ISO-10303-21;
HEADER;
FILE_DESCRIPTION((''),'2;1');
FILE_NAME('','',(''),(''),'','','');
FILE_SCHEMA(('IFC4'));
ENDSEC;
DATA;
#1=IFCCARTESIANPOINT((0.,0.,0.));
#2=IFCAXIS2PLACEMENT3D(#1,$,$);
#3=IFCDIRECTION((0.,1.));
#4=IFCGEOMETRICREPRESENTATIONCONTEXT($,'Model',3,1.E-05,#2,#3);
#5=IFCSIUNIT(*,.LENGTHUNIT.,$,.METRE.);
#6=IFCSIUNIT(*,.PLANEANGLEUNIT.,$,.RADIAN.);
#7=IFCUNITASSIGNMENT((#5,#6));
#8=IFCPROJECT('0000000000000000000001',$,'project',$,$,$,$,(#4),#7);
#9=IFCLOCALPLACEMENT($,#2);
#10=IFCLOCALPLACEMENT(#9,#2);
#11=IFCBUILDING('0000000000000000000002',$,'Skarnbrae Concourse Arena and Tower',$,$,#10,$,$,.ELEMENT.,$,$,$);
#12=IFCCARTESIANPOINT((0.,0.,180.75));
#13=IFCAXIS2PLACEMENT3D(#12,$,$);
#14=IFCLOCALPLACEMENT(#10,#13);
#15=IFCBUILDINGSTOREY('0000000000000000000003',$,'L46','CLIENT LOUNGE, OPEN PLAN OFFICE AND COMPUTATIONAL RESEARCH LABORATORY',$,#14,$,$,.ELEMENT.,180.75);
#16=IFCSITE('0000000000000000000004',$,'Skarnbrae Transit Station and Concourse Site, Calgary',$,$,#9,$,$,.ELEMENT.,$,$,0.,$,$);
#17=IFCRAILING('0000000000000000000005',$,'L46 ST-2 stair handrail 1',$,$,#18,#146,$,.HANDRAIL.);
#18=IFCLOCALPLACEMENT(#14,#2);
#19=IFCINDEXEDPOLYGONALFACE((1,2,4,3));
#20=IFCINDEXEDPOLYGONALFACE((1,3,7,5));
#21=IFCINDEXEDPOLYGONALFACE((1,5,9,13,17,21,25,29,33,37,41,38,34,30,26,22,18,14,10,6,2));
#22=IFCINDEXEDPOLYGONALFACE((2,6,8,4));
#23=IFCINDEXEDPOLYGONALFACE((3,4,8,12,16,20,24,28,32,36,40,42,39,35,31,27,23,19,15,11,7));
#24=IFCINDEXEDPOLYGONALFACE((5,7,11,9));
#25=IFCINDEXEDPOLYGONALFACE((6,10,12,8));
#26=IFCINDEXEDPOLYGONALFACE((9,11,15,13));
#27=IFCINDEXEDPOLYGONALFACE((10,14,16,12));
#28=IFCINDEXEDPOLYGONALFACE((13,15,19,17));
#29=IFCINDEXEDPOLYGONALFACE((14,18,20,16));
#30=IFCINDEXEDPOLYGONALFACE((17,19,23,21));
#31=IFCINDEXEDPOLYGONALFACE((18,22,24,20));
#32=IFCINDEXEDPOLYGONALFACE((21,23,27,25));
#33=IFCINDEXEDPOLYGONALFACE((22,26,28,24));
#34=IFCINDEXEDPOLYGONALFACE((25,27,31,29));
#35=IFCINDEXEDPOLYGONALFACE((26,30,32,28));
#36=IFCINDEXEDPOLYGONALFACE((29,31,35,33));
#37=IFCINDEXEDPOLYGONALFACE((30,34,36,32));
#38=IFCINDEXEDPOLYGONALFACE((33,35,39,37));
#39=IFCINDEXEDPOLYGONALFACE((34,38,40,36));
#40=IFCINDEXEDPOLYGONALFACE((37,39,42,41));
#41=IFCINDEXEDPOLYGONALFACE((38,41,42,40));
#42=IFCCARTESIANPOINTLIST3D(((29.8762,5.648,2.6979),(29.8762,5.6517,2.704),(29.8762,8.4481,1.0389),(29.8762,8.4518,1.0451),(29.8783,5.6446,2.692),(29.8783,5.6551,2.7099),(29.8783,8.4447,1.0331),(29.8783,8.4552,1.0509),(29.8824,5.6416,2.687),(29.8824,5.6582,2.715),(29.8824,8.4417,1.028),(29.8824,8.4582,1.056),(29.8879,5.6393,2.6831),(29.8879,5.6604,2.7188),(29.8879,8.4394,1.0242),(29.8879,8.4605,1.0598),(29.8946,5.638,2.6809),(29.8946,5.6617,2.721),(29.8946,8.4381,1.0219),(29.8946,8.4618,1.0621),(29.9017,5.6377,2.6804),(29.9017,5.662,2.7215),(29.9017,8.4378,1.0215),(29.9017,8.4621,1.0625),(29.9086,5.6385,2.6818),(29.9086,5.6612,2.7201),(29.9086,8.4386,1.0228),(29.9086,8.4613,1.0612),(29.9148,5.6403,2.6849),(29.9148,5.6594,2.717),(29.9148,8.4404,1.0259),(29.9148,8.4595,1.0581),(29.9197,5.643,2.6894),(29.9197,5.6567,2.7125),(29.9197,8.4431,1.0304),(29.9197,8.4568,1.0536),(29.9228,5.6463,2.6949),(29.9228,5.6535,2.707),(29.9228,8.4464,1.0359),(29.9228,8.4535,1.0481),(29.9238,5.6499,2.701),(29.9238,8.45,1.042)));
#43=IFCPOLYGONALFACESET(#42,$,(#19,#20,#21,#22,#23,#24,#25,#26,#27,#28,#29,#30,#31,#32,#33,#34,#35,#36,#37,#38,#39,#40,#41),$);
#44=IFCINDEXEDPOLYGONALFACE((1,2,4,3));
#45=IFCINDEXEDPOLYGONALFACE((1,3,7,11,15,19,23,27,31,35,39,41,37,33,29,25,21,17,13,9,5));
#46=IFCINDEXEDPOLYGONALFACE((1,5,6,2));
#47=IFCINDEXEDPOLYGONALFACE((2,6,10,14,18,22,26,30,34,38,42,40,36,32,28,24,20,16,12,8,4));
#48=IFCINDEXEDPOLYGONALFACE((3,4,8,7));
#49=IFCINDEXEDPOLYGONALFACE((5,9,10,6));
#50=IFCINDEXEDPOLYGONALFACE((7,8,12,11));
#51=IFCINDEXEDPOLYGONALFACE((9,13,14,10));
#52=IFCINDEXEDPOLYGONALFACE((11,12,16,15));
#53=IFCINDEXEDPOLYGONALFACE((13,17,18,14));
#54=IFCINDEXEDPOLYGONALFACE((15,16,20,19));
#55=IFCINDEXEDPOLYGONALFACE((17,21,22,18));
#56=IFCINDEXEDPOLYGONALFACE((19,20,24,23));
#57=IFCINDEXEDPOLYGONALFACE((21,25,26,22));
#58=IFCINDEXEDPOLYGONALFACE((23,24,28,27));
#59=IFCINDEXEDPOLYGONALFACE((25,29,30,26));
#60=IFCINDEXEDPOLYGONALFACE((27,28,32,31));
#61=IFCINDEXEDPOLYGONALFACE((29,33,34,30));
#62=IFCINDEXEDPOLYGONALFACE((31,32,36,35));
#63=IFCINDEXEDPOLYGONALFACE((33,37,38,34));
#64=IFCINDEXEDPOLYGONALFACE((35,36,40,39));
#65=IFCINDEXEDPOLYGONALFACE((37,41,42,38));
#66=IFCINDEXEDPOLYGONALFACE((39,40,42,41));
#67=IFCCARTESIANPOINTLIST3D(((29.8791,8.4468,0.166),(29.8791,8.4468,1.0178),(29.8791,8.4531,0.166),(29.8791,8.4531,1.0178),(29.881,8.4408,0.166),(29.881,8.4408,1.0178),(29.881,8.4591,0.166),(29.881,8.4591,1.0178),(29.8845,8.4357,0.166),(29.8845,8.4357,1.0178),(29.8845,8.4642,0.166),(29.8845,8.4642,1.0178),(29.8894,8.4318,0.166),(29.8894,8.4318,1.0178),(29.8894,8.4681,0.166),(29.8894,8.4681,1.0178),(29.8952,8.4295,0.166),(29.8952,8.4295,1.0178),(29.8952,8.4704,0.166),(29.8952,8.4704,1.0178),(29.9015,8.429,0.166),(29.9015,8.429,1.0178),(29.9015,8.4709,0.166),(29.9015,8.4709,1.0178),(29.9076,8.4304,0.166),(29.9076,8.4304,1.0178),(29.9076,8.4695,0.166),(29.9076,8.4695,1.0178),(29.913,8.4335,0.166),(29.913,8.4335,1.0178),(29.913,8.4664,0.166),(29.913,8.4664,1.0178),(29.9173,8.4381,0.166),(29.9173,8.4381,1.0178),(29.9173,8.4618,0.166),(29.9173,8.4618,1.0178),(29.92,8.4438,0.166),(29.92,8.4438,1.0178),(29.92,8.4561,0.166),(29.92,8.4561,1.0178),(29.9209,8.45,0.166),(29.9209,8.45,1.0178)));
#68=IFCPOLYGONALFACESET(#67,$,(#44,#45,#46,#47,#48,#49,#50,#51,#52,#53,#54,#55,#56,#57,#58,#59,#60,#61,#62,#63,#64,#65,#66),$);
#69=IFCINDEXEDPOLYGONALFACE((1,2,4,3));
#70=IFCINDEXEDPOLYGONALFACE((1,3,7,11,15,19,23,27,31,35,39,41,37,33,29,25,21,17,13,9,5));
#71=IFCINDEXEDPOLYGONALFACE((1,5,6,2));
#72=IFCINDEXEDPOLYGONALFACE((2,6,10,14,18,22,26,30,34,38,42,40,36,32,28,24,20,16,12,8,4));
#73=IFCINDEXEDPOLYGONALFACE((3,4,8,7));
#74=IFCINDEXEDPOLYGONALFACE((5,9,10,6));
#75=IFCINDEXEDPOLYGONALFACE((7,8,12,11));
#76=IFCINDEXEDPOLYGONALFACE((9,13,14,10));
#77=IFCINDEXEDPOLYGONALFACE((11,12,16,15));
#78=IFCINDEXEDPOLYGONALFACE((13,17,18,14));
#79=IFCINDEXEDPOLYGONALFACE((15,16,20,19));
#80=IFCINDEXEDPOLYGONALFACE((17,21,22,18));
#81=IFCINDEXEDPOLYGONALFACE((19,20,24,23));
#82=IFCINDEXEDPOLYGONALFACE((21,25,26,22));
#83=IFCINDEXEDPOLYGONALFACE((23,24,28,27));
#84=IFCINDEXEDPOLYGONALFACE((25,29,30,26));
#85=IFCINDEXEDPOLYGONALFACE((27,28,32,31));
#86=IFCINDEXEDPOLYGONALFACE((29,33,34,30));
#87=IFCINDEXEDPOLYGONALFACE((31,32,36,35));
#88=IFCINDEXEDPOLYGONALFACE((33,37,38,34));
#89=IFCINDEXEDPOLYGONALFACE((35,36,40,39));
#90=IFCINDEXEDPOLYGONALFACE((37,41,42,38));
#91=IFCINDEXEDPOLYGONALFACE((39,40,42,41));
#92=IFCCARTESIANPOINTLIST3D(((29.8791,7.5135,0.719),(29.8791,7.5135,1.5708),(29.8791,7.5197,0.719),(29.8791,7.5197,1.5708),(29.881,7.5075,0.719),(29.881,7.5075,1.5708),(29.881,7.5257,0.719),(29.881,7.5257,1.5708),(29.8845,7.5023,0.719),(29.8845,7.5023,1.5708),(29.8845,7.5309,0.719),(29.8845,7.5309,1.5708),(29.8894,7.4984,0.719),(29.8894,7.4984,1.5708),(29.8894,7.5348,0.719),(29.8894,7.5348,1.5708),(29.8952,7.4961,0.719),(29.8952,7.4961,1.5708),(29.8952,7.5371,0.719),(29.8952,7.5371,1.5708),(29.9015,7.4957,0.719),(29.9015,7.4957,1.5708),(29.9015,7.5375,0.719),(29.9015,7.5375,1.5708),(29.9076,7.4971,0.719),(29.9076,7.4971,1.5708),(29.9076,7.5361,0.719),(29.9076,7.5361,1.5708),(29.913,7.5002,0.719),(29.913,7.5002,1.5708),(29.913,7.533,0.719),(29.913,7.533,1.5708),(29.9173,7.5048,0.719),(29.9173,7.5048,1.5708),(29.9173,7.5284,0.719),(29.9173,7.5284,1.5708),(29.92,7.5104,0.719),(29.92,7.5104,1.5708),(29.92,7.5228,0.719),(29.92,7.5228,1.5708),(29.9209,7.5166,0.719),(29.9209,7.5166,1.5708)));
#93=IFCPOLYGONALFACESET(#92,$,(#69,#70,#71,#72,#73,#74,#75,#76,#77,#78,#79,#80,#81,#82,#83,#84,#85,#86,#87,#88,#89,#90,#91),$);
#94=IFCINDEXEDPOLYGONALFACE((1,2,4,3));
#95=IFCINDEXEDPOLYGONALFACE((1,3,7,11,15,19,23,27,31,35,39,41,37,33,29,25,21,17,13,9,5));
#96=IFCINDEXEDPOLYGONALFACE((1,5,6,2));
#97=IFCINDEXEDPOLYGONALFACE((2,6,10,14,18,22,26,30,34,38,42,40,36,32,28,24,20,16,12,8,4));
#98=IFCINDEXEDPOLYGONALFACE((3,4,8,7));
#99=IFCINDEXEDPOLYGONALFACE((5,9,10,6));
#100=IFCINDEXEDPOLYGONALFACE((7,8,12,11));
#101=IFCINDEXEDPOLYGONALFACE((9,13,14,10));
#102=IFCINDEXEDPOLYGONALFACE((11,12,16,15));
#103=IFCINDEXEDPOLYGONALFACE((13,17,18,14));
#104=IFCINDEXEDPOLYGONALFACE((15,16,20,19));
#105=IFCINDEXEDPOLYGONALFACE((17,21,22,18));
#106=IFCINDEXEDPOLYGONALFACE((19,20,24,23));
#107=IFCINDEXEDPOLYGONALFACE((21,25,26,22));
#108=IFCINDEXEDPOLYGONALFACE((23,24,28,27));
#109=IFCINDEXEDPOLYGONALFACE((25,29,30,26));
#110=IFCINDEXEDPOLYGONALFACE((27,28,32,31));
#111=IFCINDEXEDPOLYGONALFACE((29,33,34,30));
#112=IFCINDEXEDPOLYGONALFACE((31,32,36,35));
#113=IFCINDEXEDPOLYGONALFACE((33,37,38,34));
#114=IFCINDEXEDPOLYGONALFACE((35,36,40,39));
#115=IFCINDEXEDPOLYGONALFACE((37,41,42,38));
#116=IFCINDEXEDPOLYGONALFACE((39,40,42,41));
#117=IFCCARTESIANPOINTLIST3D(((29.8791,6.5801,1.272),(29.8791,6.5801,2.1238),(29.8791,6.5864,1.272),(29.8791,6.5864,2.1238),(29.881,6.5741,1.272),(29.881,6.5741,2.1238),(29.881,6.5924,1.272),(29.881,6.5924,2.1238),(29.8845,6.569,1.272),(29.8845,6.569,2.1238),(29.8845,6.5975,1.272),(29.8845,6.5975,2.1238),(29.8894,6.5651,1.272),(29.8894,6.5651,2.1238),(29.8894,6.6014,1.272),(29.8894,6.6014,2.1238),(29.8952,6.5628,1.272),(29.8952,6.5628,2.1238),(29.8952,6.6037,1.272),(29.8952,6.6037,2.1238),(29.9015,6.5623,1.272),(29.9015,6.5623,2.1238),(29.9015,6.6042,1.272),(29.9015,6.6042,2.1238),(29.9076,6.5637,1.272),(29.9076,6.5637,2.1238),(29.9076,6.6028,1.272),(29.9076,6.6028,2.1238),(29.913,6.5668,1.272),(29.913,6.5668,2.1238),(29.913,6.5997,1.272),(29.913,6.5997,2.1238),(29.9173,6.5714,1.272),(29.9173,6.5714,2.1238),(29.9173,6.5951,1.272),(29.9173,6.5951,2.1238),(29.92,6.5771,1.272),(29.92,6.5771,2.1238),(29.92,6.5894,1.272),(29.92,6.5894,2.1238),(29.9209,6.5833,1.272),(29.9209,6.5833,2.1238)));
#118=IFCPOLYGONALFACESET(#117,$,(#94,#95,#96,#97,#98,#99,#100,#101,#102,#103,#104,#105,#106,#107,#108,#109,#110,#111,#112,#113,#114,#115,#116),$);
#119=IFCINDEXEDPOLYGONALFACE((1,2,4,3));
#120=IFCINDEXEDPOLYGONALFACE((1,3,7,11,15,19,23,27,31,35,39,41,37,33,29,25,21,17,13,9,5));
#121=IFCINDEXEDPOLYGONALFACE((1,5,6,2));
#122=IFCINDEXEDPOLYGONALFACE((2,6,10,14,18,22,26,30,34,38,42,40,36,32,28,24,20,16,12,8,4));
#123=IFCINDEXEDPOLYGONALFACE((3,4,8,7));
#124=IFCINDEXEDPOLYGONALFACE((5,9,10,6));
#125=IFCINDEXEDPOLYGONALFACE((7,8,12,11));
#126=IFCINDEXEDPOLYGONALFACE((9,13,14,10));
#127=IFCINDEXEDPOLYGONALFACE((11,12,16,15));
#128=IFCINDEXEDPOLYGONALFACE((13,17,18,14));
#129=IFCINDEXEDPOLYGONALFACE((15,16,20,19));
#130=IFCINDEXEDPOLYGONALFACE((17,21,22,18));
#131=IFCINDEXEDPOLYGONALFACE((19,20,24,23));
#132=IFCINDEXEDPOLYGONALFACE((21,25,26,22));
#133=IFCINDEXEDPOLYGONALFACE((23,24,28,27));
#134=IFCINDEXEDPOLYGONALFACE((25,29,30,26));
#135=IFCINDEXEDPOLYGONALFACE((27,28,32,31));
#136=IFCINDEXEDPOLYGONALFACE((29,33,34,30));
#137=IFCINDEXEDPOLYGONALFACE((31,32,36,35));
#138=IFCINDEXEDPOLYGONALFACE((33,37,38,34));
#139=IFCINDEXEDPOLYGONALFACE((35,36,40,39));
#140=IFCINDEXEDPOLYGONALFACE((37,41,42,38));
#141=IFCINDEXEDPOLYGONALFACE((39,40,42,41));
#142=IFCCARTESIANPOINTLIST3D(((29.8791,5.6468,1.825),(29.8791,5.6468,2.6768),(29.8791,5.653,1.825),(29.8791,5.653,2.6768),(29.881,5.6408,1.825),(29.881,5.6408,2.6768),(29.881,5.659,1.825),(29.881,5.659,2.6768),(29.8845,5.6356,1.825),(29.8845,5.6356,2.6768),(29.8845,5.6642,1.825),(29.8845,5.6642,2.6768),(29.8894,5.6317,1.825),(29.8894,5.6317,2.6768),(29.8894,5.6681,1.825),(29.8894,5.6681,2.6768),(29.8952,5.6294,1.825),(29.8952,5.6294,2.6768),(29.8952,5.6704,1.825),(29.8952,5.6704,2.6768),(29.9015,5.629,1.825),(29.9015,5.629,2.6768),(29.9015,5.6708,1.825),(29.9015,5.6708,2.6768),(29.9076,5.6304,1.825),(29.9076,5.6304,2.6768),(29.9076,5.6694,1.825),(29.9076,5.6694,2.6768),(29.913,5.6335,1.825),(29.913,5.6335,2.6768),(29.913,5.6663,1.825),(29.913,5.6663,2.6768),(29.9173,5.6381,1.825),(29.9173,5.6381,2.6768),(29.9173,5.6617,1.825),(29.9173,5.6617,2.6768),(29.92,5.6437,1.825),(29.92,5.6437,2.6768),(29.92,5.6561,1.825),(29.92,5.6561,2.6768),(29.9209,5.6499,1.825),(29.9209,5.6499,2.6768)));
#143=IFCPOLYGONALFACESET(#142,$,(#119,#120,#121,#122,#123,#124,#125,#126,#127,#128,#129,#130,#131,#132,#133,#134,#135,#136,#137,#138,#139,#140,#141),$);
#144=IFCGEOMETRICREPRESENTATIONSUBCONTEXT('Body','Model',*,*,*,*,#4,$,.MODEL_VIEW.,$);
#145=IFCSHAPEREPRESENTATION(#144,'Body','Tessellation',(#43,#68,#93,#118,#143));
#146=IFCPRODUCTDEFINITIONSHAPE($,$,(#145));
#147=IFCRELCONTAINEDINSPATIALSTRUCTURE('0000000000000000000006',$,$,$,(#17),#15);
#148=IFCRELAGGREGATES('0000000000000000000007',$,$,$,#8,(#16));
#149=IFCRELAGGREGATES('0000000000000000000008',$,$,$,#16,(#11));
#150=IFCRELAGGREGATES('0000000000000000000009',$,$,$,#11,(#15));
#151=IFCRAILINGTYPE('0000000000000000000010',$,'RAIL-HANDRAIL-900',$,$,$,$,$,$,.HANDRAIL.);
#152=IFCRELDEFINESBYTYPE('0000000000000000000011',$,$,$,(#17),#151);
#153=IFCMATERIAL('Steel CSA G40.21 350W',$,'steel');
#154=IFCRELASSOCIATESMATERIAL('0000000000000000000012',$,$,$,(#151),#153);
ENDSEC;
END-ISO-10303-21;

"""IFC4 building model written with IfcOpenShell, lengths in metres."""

from ifc_helpers import new_model, si_unit, direction, frame, origin, origin_2d, place, context, subcontext, project, spatial, circle, extrude, material, type_object, element, save


model = new_model("IFC4")

# Units and contexts
model_context = context("Model", 3, precision=1e-05, world=origin(), true_north=direction((0.0, 1.0)))
body_context = subcontext(model_context, "Body", "Model", "MODEL_VIEW")
ifc_project = project(units=[si_unit("LENGTHUNIT", "METRE"), si_unit("PLANEANGLEUNIT", "RADIAN")], contexts=[model_context])

# Site, building, storey
site_placement = place(None, origin())
site = spatial("IfcSite", under=ifc_project, at=site_placement, Name="Skarnbrae Transit Station and Concourse Site, Calgary", CompositionType="ELEMENT", RefElevation=0.0)
building_placement = place(site_placement, origin())
building = spatial("IfcBuilding", under=site, at=building_placement, Name="Skarnbrae Concourse Arena and Tower", CompositionType="ELEMENT")
storey_placement = place(building_placement, frame((0.0, 0.0, 180.75)))
storey = spatial("IfcBuildingStorey", under=building, at=storey_placement, Name="L46", Description="CLIENT LOUNGE, OPEN PLAN OFFICE AND COMPUTATIONAL RESEARCH LABORATORY", CompositionType="ELEMENT", Elevation=180.75)

# Shared definitions
ifc_material_1 = material(Name="Steel CSA G40.21 350W", Category="steel")

# Railing
railing_type_1 = type_object("IfcRailingType", Name="RAIL-HANDRAIL-900", PredefinedType="HANDRAIL", material=ifc_material_1)
railing_1_placement = place(storey_placement, frame((29.8999, 8.45, 0.166)))
element("IfcRailing", 1, at=railing_1_placement, inside=storey, type_object=railing_type_1, Name="L46 ST-2 stair handrail 1", PredefinedType="HANDRAIL", context=body_context, shape_type="SweptSolid", body=[
    extrude(circle(Radius=0.0239, at=origin_2d()), frame((0.0, 0.0, 0.876), z_axis=(0.0, -0.860339, 0.509722), x_axis=(1.0, 0.0, 0.0)), (0.0, 0.0, 1.0), 3.2546),
    extrude(circle(Radius=0.021, at=origin_2d()), origin(), (0.0, 0.0, 1.0), 0.8518),
    extrude(circle(Radius=0.021, at=origin_2d()), frame((0.0, -0.9333, 0.553)), (0.0, 0.0, 1.0), 0.8518),
    extrude(circle(Radius=0.021, at=origin_2d()), frame((0.0, -1.8667, 1.106)), (0.0, 0.0, 1.0), 0.8518),
    extrude(circle(Radius=0.021, at=origin_2d()), frame((0.0, -2.8, 1.6589)), (0.0, 0.0, 1.0), 0.8518),
])

save(model, "model.ifc")
